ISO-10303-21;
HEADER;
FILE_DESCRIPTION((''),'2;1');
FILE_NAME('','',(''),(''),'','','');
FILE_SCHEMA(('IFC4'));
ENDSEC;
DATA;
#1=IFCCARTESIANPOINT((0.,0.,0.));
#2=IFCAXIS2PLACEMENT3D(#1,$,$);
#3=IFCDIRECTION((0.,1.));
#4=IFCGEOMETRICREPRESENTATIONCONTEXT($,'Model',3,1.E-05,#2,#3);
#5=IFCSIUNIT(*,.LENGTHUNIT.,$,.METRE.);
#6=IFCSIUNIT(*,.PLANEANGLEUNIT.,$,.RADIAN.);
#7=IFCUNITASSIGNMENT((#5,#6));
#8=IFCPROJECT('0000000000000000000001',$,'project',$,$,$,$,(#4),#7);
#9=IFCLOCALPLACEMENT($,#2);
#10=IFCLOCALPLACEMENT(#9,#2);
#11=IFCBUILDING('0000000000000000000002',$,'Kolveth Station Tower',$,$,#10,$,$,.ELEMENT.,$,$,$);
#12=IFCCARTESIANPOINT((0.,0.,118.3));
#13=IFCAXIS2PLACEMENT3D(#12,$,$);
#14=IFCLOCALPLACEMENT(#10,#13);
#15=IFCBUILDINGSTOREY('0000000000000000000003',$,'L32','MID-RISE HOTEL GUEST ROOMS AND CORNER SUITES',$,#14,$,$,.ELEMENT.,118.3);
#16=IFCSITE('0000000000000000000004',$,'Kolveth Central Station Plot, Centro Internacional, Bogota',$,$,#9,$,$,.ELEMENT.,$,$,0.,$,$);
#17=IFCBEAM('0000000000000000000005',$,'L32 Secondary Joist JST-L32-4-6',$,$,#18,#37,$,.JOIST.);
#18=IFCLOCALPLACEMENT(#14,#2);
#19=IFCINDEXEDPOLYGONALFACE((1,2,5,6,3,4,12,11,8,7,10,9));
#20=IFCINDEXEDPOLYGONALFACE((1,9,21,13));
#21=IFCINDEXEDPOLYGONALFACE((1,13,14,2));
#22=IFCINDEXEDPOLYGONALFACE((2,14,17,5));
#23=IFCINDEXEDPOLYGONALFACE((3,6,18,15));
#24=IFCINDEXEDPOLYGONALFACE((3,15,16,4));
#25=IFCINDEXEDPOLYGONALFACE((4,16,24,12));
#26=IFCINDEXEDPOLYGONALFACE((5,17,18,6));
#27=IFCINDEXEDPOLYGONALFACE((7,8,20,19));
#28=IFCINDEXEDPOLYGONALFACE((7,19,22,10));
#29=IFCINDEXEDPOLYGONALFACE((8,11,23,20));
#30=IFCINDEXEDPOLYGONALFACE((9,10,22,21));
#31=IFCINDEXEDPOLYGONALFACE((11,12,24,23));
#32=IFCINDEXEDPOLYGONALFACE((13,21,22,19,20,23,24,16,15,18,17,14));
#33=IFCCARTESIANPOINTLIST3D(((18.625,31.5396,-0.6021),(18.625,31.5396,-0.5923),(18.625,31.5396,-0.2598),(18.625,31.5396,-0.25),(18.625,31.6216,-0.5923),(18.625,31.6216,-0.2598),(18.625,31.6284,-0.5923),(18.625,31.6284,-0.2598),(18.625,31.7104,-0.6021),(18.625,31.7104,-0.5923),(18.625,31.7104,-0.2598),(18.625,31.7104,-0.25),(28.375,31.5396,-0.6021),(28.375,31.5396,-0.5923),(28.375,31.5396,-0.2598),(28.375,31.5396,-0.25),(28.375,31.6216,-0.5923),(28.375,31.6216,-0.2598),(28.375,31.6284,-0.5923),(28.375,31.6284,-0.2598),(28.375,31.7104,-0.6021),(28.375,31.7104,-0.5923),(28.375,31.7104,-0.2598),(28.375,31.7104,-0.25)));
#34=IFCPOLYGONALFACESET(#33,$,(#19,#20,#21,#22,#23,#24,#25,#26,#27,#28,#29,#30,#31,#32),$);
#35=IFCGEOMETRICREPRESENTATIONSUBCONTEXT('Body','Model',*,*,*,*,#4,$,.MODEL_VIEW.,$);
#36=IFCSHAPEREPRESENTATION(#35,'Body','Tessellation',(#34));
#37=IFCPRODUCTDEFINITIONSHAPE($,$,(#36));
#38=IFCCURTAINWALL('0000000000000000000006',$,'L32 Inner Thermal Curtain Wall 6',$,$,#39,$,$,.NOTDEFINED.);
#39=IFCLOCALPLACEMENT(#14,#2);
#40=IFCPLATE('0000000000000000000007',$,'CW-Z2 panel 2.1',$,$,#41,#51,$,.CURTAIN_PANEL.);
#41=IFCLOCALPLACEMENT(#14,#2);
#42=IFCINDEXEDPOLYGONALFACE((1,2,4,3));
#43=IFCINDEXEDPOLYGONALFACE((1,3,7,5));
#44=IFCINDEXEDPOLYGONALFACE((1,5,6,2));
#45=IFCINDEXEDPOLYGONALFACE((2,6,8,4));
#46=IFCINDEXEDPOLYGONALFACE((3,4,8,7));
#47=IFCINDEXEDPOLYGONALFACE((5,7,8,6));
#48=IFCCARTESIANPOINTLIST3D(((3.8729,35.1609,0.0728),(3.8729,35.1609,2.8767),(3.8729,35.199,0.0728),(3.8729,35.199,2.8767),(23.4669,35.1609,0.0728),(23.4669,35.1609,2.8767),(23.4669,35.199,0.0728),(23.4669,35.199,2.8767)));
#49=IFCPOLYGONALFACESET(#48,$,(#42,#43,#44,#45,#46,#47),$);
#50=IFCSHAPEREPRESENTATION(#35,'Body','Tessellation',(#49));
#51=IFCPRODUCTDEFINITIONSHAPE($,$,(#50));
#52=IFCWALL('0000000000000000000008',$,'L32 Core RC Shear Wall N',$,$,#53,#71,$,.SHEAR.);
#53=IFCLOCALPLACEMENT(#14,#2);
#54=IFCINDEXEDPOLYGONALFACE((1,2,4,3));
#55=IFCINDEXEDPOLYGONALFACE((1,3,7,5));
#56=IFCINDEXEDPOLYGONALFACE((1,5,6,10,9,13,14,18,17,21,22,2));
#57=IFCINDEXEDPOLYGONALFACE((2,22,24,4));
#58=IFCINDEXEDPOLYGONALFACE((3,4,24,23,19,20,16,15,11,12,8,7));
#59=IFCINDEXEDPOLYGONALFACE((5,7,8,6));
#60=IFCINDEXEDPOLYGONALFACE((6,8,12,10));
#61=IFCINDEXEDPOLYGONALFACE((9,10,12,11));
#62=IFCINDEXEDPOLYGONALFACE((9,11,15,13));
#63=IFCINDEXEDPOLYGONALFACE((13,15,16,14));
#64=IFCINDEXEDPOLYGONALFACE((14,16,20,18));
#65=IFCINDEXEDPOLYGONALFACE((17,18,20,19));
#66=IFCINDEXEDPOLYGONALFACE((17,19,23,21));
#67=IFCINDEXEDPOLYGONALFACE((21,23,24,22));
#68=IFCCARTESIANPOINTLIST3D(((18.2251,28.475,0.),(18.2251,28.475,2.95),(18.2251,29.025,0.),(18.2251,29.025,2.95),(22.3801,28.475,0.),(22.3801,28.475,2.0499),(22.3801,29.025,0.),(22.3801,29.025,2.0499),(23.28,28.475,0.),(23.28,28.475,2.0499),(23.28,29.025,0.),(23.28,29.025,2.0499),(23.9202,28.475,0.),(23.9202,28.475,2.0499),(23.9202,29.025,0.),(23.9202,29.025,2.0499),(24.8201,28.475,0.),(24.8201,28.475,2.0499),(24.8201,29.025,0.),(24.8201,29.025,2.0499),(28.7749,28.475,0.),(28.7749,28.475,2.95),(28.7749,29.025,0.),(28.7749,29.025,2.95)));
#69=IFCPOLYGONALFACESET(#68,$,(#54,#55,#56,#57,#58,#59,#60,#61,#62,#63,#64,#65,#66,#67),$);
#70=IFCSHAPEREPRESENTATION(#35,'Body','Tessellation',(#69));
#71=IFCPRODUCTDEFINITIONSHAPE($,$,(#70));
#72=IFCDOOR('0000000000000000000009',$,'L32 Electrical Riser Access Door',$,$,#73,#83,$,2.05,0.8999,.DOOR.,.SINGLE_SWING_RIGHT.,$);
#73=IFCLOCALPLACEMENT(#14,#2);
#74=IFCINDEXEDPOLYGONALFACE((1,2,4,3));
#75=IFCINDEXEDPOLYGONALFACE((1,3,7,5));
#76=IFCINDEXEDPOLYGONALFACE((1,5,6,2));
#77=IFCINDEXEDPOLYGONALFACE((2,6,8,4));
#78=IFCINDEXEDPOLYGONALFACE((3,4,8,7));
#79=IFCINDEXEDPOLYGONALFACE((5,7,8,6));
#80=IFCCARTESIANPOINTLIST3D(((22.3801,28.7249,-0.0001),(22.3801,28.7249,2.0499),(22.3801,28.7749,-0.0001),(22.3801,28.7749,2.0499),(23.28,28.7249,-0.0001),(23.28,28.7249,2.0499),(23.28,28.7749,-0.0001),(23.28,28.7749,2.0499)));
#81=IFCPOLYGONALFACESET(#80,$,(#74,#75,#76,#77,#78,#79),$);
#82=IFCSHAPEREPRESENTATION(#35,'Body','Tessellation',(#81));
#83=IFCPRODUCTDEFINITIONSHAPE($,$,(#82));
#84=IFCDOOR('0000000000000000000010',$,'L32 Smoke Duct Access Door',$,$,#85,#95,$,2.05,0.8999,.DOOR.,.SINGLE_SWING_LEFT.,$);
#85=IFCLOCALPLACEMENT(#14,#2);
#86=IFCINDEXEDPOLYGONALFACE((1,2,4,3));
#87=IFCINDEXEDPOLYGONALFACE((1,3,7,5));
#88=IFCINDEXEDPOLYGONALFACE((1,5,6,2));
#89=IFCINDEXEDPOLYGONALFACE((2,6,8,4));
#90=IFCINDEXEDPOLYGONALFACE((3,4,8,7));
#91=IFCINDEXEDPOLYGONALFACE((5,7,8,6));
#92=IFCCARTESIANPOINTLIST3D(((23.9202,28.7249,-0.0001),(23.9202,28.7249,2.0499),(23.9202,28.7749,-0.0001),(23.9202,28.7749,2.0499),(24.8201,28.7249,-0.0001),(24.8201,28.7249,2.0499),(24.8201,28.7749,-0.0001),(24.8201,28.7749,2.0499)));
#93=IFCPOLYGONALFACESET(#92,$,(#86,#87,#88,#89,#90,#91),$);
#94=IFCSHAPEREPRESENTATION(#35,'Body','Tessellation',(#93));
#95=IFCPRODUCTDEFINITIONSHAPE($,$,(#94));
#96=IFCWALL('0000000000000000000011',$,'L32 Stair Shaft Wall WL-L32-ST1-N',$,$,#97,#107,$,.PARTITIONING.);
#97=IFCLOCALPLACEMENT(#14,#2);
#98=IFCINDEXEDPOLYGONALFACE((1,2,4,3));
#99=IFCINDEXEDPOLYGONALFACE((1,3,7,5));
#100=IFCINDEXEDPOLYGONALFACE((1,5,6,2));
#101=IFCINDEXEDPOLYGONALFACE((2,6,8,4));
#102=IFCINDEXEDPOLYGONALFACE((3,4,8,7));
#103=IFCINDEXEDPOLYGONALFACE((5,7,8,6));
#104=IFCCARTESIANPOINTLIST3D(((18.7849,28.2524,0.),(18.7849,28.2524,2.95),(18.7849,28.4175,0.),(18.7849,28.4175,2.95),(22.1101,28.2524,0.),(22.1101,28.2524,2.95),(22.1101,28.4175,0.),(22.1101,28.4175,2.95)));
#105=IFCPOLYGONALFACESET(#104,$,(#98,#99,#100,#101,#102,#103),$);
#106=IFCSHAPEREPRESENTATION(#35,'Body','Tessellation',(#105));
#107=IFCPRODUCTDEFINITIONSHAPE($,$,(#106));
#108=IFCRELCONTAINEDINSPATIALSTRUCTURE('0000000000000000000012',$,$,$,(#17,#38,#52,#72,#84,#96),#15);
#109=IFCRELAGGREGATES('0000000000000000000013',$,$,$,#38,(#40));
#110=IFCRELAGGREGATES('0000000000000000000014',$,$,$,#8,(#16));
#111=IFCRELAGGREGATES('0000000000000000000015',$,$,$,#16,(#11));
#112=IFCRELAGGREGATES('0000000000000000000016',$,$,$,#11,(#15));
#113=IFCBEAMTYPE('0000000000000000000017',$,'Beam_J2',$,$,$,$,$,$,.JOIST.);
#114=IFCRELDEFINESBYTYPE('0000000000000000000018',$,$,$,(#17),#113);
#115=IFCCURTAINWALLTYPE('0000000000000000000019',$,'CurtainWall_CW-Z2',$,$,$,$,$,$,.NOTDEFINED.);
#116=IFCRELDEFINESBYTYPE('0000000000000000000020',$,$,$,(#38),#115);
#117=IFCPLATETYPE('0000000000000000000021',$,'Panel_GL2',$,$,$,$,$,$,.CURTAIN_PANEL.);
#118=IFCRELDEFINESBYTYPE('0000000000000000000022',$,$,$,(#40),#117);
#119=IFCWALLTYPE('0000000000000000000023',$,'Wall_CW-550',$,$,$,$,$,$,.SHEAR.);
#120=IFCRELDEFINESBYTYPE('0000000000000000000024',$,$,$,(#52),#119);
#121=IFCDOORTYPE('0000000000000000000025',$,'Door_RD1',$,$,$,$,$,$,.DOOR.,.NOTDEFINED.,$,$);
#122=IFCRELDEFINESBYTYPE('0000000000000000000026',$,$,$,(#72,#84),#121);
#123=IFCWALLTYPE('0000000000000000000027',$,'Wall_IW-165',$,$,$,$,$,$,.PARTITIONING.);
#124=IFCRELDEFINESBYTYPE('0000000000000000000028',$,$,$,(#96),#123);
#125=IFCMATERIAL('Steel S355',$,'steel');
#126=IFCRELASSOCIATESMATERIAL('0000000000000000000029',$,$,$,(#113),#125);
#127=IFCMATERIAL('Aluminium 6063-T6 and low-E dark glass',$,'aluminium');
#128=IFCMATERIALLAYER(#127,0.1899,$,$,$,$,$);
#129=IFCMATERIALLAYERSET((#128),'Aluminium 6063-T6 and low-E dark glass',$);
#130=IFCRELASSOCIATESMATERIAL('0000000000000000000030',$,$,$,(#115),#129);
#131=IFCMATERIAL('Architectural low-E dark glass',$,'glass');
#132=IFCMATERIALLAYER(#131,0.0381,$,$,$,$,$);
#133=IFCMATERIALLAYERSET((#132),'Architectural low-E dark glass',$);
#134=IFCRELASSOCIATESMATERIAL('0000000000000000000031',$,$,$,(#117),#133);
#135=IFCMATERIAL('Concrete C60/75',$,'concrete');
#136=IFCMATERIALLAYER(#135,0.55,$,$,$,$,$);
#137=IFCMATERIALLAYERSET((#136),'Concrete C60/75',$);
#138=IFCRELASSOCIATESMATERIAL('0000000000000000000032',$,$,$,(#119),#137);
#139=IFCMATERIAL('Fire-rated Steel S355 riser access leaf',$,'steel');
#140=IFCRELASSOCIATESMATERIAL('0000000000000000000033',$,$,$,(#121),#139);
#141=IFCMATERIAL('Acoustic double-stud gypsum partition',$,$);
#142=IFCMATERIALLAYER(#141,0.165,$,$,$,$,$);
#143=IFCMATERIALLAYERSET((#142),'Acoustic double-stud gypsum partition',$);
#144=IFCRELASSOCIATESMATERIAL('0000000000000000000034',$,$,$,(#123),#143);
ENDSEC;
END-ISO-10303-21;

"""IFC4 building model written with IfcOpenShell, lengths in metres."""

from ifc_helpers import new_model, si_unit, direction, frame, frame_2d, origin, origin_2d, place, context, subcontext, project, spatial, rectangle, i_section, extrude, source, transform, mapped, material, layer, layer_set, material_profile, profile_set, type_object, element, fill, aggregate, save


model = new_model("IFC4")

# Units and contexts
model_context = context("Model", 3, precision=1e-05, world=origin(), true_north=direction((0.0, 1.0)))
body_context = subcontext(model_context, "Body", "Model", "MODEL_VIEW")
ifc_project = project(units=[si_unit("LENGTHUNIT", "METRE"), si_unit("PLANEANGLEUNIT", "RADIAN")], contexts=[model_context])

# Site, building, storey
site_placement = place(None, origin())
site = spatial("IfcSite", under=ifc_project, at=site_placement, Name="Kolveth Central Station Plot, Centro Internacional, Bogota", CompositionType="ELEMENT", RefElevation=0.0)
building_placement = place(site_placement, origin())
building = spatial("IfcBuilding", under=site, at=building_placement, Name="Kolveth Station Tower", CompositionType="ELEMENT")
storey_placement = place(building_placement, frame((0.0, 0.0, 118.3)))
storey = spatial("IfcBuildingStorey", under=building, at=storey_placement, Name="L32", Description="MID-RISE HOTEL GUEST ROOMS AND CORNER SUITES", CompositionType="ELEMENT", Elevation=118.3)

# Shared definitions
ifc_material_1 = material(Name="Steel S355", Category="steel")

# Beam
ifc_material_profile_1 = material_profile(ifc_material_1, i_section(OverallWidth=0.1709, OverallDepth=0.3521, WebThickness=0.0068, FlangeThickness=0.0098, at=origin_2d()), Name="W360x44")
ifc_profile_set_1 = profile_set([ifc_material_profile_1], Name="Steel S355")
beam_type_1 = type_object("IfcBeamType", Name="Beam_J2", PredefinedType="JOIST", material=ifc_profile_set_1)
shared_shape_1 = source(origin(), body_context, "Body", "SweptSolid", [
    extrude(i_section(OverallWidth=0.1709, OverallDepth=0.3521, WebThickness=0.0068, FlangeThickness=0.0098, at=origin_2d()), origin(), (0.0, 0.0, 1.0), 9.75),
])
beam_1_placement = place(storey_placement, frame((18.625, 31.625, -0.426), z_axis=(1.0, 0.0, 0.0), x_axis=(0.0, 1.0, 0.0)))
element("IfcBeam", 1, at=beam_1_placement, inside=storey, type_object=beam_type_1, Name="L32 Secondary Joist JST-L32-4-6", PredefinedType="JOIST", context=body_context, shape_type="MappedRepresentation", body=[
    mapped(shared_shape_1, transform((0.0, 0.0, 0.0), x_axis=(1.0, 0.0, 0.0), y_axis=(0.0, 1.0, 0.0), z_axis=(0.0, 0.0, 1.0), scale=1.0)),
])

# Curtain wall, plate
ifc_material_2 = material(Name="Aluminium 6063-T6 and low-E dark glass", Category="aluminium")
ifc_layer_1 = layer(ifc_material_2, 0.1899)
ifc_layer_set_1 = layer_set([ifc_layer_1], Name="Aluminium 6063-T6 and low-E dark glass")
curtain_wall_type = type_object("IfcCurtainWallType", Name="CurtainWall_CW-Z2", PredefinedType="NOTDEFINED", material=ifc_layer_set_1)
curtain_wall_placement = place(storey_placement, origin())
curtain_wall = element("IfcCurtainWall", 2, at=curtain_wall_placement, inside=storey, type_object=curtain_wall_type, Name="L32 Inner Thermal Curtain Wall 6", PredefinedType="NOTDEFINED")
ifc_material_3 = material(Name="Architectural low-E dark glass", Category="glass")
ifc_layer_2 = layer(ifc_material_3, 0.0381)
ifc_layer_set_2 = layer_set([ifc_layer_2], Name="Architectural low-E dark glass")
plate_type = type_object("IfcPlateType", Name="Panel_GL2", PredefinedType="CURTAIN_PANEL", material=ifc_layer_set_2)
shared_shape_2 = source(origin(), body_context, "Body", "SweptSolid", [
    extrude(rectangle(XDim=19.594, YDim=0.0381, at=origin_2d()), origin(), (0.0, 0.0, 1.0), 2.804),
])
plate_placement = place(storey_placement, frame((13.6699, 35.1799, 0.0728), z_axis=(0.0, 0.0, 1.0), x_axis=(-1.0, 0.0, 0.0)))
plate = element("IfcPlate", 3, at=plate_placement, type_object=plate_type, Name="CW-Z2 panel 2.1", PredefinedType="CURTAIN_PANEL", context=body_context, shape_type="MappedRepresentation", body=[
    mapped(shared_shape_2, transform((0.0, 0.0, 0.0), x_axis=(1.0, 0.0, 0.0), y_axis=(0.0, 1.0, 0.0), z_axis=(0.0, 0.0, 1.0), scale=1.0)),
])
aggregate(curtain_wall, [plate])

# Wall, openings, doors
ifc_material_4 = material(Name="Concrete C60/75", Category="concrete")
ifc_layer_3 = layer(ifc_material_4, 0.55)
ifc_layer_set_3 = layer_set([ifc_layer_3], Name="Concrete C60/75")
wall_type_1 = type_object("IfcWallType", Name="Wall_CW-550", PredefinedType="SHEAR", material=ifc_layer_set_3)
wall_1_placement = place(storey_placement, frame((18.2251, 28.75, 0.0), z_axis=(0.0, 0.0, 1.0), x_axis=(1.0, 0.0, 0.0)))
wall_1 = element("IfcWall", 4, at=wall_1_placement, inside=storey, type_object=wall_type_1, Name="L32 Core RC Shear Wall N", PredefinedType="SHEAR", context=body_context, shape_type="SweptSolid", body=[
    extrude(rectangle(XDim=10.5498, YDim=0.55, at=frame_2d((5.2749, 0.0))), origin(), (0.0, 0.0, 1.0), 2.95),
])
opening_1_placement = place(wall_1_placement, frame((4.155, 0.0, 0.0)))
opening_1 = element("IfcOpeningElement", 5, at=opening_1_placement, cuts=wall_1, PredefinedType="OPENING", context=body_context, shape_type="SweptSolid", body=[
    extrude(rectangle(XDim=0.8999, YDim=2.05, at=frame_2d((0.45, 1.0249))), frame((0.0, 0.2849, 0.0), z_axis=(0.0, -1.0, 0.0), x_axis=(1.0, 0.0, 0.0)), (0.0, 0.0, 1.0), 0.5701),
])
opening_2_placement = place(wall_1_placement, frame((5.6951, 0.0, 0.0)))
opening_2 = element("IfcOpeningElement", 6, at=opening_2_placement, cuts=wall_1, PredefinedType="OPENING", context=body_context, shape_type="SweptSolid", body=[
    extrude(rectangle(XDim=0.8999, YDim=2.05, at=frame_2d((0.45, 1.0249))), frame((0.0, 0.2849, 0.0), z_axis=(0.0, -1.0, 0.0), x_axis=(1.0, 0.0, 0.0)), (0.0, 0.0, 1.0), 0.5701),
])
ifc_material_5 = material(Name="Fire-rated Steel S355 riser access leaf", Category="steel")
door_type_1 = type_object("IfcDoorType", Name="Door_RD1", OperationType="NOTDEFINED", PredefinedType="DOOR", material=ifc_material_5)
door_1_placement = place(opening_1_placement, origin())
door_1 = element("IfcDoor", 7, at=door_1_placement, inside=storey, type_object=door_type_1, Name="L32 Electrical Riser Access Door", OperationType="SINGLE_SWING_RIGHT", OverallHeight=2.05, OverallWidth=0.8999, PredefinedType="DOOR", context=body_context, shape_type="SweptSolid", body=[
    extrude(rectangle(XDim=0.8999, YDim=2.05, at=frame_2d((0.45, 1.0249))), frame((0.0, 0.0249, 0.0), z_axis=(0.0, -1.0, 0.0), x_axis=(1.0, 0.0, 0.0)), (0.0, 0.0, 1.0), 0.05),
])
fill(opening_1, door_1)
door_2_placement = place(opening_2_placement, origin())
door_2 = element("IfcDoor", 8, at=door_2_placement, inside=storey, type_object=door_type_1, Name="L32 Smoke Duct Access Door", OperationType="SINGLE_SWING_LEFT", OverallHeight=2.05, OverallWidth=0.8999, PredefinedType="DOOR", context=body_context, shape_type="SweptSolid", body=[
    extrude(rectangle(XDim=0.8999, YDim=2.05, at=frame_2d((0.45, 1.0249))), frame((0.0, 0.0249, 0.0), z_axis=(0.0, -1.0, 0.0), x_axis=(1.0, 0.0, 0.0)), (0.0, 0.0, 1.0), 0.05),
])
fill(opening_2, door_2)

# Wall
ifc_material_6 = material(Name="Acoustic double-stud gypsum partition")
ifc_layer_4 = layer(ifc_material_6, 0.165)
ifc_layer_set_4 = layer_set([ifc_layer_4], Name="Acoustic double-stud gypsum partition")
wall_type_2 = type_object("IfcWallType", Name="Wall_IW-165", PredefinedType="PARTITIONING", material=ifc_layer_set_4)
wall_2_placement = place(storey_placement, frame((18.7849, 28.335, 0.0), z_axis=(0.0, 0.0, 1.0), x_axis=(1.0, 0.0, 0.0)))
element("IfcWall", 9, at=wall_2_placement, inside=storey, type_object=wall_type_2, Name="L32 Stair Shaft Wall WL-L32-ST1-N", PredefinedType="PARTITIONING", context=body_context, shape_type="SweptSolid", body=[
    extrude(rectangle(XDim=3.3252, YDim=0.165, at=frame_2d((1.6626, 0.0))), origin(), (0.0, 0.0, 1.0), 2.95),
])

save(model, "model.ifc")
